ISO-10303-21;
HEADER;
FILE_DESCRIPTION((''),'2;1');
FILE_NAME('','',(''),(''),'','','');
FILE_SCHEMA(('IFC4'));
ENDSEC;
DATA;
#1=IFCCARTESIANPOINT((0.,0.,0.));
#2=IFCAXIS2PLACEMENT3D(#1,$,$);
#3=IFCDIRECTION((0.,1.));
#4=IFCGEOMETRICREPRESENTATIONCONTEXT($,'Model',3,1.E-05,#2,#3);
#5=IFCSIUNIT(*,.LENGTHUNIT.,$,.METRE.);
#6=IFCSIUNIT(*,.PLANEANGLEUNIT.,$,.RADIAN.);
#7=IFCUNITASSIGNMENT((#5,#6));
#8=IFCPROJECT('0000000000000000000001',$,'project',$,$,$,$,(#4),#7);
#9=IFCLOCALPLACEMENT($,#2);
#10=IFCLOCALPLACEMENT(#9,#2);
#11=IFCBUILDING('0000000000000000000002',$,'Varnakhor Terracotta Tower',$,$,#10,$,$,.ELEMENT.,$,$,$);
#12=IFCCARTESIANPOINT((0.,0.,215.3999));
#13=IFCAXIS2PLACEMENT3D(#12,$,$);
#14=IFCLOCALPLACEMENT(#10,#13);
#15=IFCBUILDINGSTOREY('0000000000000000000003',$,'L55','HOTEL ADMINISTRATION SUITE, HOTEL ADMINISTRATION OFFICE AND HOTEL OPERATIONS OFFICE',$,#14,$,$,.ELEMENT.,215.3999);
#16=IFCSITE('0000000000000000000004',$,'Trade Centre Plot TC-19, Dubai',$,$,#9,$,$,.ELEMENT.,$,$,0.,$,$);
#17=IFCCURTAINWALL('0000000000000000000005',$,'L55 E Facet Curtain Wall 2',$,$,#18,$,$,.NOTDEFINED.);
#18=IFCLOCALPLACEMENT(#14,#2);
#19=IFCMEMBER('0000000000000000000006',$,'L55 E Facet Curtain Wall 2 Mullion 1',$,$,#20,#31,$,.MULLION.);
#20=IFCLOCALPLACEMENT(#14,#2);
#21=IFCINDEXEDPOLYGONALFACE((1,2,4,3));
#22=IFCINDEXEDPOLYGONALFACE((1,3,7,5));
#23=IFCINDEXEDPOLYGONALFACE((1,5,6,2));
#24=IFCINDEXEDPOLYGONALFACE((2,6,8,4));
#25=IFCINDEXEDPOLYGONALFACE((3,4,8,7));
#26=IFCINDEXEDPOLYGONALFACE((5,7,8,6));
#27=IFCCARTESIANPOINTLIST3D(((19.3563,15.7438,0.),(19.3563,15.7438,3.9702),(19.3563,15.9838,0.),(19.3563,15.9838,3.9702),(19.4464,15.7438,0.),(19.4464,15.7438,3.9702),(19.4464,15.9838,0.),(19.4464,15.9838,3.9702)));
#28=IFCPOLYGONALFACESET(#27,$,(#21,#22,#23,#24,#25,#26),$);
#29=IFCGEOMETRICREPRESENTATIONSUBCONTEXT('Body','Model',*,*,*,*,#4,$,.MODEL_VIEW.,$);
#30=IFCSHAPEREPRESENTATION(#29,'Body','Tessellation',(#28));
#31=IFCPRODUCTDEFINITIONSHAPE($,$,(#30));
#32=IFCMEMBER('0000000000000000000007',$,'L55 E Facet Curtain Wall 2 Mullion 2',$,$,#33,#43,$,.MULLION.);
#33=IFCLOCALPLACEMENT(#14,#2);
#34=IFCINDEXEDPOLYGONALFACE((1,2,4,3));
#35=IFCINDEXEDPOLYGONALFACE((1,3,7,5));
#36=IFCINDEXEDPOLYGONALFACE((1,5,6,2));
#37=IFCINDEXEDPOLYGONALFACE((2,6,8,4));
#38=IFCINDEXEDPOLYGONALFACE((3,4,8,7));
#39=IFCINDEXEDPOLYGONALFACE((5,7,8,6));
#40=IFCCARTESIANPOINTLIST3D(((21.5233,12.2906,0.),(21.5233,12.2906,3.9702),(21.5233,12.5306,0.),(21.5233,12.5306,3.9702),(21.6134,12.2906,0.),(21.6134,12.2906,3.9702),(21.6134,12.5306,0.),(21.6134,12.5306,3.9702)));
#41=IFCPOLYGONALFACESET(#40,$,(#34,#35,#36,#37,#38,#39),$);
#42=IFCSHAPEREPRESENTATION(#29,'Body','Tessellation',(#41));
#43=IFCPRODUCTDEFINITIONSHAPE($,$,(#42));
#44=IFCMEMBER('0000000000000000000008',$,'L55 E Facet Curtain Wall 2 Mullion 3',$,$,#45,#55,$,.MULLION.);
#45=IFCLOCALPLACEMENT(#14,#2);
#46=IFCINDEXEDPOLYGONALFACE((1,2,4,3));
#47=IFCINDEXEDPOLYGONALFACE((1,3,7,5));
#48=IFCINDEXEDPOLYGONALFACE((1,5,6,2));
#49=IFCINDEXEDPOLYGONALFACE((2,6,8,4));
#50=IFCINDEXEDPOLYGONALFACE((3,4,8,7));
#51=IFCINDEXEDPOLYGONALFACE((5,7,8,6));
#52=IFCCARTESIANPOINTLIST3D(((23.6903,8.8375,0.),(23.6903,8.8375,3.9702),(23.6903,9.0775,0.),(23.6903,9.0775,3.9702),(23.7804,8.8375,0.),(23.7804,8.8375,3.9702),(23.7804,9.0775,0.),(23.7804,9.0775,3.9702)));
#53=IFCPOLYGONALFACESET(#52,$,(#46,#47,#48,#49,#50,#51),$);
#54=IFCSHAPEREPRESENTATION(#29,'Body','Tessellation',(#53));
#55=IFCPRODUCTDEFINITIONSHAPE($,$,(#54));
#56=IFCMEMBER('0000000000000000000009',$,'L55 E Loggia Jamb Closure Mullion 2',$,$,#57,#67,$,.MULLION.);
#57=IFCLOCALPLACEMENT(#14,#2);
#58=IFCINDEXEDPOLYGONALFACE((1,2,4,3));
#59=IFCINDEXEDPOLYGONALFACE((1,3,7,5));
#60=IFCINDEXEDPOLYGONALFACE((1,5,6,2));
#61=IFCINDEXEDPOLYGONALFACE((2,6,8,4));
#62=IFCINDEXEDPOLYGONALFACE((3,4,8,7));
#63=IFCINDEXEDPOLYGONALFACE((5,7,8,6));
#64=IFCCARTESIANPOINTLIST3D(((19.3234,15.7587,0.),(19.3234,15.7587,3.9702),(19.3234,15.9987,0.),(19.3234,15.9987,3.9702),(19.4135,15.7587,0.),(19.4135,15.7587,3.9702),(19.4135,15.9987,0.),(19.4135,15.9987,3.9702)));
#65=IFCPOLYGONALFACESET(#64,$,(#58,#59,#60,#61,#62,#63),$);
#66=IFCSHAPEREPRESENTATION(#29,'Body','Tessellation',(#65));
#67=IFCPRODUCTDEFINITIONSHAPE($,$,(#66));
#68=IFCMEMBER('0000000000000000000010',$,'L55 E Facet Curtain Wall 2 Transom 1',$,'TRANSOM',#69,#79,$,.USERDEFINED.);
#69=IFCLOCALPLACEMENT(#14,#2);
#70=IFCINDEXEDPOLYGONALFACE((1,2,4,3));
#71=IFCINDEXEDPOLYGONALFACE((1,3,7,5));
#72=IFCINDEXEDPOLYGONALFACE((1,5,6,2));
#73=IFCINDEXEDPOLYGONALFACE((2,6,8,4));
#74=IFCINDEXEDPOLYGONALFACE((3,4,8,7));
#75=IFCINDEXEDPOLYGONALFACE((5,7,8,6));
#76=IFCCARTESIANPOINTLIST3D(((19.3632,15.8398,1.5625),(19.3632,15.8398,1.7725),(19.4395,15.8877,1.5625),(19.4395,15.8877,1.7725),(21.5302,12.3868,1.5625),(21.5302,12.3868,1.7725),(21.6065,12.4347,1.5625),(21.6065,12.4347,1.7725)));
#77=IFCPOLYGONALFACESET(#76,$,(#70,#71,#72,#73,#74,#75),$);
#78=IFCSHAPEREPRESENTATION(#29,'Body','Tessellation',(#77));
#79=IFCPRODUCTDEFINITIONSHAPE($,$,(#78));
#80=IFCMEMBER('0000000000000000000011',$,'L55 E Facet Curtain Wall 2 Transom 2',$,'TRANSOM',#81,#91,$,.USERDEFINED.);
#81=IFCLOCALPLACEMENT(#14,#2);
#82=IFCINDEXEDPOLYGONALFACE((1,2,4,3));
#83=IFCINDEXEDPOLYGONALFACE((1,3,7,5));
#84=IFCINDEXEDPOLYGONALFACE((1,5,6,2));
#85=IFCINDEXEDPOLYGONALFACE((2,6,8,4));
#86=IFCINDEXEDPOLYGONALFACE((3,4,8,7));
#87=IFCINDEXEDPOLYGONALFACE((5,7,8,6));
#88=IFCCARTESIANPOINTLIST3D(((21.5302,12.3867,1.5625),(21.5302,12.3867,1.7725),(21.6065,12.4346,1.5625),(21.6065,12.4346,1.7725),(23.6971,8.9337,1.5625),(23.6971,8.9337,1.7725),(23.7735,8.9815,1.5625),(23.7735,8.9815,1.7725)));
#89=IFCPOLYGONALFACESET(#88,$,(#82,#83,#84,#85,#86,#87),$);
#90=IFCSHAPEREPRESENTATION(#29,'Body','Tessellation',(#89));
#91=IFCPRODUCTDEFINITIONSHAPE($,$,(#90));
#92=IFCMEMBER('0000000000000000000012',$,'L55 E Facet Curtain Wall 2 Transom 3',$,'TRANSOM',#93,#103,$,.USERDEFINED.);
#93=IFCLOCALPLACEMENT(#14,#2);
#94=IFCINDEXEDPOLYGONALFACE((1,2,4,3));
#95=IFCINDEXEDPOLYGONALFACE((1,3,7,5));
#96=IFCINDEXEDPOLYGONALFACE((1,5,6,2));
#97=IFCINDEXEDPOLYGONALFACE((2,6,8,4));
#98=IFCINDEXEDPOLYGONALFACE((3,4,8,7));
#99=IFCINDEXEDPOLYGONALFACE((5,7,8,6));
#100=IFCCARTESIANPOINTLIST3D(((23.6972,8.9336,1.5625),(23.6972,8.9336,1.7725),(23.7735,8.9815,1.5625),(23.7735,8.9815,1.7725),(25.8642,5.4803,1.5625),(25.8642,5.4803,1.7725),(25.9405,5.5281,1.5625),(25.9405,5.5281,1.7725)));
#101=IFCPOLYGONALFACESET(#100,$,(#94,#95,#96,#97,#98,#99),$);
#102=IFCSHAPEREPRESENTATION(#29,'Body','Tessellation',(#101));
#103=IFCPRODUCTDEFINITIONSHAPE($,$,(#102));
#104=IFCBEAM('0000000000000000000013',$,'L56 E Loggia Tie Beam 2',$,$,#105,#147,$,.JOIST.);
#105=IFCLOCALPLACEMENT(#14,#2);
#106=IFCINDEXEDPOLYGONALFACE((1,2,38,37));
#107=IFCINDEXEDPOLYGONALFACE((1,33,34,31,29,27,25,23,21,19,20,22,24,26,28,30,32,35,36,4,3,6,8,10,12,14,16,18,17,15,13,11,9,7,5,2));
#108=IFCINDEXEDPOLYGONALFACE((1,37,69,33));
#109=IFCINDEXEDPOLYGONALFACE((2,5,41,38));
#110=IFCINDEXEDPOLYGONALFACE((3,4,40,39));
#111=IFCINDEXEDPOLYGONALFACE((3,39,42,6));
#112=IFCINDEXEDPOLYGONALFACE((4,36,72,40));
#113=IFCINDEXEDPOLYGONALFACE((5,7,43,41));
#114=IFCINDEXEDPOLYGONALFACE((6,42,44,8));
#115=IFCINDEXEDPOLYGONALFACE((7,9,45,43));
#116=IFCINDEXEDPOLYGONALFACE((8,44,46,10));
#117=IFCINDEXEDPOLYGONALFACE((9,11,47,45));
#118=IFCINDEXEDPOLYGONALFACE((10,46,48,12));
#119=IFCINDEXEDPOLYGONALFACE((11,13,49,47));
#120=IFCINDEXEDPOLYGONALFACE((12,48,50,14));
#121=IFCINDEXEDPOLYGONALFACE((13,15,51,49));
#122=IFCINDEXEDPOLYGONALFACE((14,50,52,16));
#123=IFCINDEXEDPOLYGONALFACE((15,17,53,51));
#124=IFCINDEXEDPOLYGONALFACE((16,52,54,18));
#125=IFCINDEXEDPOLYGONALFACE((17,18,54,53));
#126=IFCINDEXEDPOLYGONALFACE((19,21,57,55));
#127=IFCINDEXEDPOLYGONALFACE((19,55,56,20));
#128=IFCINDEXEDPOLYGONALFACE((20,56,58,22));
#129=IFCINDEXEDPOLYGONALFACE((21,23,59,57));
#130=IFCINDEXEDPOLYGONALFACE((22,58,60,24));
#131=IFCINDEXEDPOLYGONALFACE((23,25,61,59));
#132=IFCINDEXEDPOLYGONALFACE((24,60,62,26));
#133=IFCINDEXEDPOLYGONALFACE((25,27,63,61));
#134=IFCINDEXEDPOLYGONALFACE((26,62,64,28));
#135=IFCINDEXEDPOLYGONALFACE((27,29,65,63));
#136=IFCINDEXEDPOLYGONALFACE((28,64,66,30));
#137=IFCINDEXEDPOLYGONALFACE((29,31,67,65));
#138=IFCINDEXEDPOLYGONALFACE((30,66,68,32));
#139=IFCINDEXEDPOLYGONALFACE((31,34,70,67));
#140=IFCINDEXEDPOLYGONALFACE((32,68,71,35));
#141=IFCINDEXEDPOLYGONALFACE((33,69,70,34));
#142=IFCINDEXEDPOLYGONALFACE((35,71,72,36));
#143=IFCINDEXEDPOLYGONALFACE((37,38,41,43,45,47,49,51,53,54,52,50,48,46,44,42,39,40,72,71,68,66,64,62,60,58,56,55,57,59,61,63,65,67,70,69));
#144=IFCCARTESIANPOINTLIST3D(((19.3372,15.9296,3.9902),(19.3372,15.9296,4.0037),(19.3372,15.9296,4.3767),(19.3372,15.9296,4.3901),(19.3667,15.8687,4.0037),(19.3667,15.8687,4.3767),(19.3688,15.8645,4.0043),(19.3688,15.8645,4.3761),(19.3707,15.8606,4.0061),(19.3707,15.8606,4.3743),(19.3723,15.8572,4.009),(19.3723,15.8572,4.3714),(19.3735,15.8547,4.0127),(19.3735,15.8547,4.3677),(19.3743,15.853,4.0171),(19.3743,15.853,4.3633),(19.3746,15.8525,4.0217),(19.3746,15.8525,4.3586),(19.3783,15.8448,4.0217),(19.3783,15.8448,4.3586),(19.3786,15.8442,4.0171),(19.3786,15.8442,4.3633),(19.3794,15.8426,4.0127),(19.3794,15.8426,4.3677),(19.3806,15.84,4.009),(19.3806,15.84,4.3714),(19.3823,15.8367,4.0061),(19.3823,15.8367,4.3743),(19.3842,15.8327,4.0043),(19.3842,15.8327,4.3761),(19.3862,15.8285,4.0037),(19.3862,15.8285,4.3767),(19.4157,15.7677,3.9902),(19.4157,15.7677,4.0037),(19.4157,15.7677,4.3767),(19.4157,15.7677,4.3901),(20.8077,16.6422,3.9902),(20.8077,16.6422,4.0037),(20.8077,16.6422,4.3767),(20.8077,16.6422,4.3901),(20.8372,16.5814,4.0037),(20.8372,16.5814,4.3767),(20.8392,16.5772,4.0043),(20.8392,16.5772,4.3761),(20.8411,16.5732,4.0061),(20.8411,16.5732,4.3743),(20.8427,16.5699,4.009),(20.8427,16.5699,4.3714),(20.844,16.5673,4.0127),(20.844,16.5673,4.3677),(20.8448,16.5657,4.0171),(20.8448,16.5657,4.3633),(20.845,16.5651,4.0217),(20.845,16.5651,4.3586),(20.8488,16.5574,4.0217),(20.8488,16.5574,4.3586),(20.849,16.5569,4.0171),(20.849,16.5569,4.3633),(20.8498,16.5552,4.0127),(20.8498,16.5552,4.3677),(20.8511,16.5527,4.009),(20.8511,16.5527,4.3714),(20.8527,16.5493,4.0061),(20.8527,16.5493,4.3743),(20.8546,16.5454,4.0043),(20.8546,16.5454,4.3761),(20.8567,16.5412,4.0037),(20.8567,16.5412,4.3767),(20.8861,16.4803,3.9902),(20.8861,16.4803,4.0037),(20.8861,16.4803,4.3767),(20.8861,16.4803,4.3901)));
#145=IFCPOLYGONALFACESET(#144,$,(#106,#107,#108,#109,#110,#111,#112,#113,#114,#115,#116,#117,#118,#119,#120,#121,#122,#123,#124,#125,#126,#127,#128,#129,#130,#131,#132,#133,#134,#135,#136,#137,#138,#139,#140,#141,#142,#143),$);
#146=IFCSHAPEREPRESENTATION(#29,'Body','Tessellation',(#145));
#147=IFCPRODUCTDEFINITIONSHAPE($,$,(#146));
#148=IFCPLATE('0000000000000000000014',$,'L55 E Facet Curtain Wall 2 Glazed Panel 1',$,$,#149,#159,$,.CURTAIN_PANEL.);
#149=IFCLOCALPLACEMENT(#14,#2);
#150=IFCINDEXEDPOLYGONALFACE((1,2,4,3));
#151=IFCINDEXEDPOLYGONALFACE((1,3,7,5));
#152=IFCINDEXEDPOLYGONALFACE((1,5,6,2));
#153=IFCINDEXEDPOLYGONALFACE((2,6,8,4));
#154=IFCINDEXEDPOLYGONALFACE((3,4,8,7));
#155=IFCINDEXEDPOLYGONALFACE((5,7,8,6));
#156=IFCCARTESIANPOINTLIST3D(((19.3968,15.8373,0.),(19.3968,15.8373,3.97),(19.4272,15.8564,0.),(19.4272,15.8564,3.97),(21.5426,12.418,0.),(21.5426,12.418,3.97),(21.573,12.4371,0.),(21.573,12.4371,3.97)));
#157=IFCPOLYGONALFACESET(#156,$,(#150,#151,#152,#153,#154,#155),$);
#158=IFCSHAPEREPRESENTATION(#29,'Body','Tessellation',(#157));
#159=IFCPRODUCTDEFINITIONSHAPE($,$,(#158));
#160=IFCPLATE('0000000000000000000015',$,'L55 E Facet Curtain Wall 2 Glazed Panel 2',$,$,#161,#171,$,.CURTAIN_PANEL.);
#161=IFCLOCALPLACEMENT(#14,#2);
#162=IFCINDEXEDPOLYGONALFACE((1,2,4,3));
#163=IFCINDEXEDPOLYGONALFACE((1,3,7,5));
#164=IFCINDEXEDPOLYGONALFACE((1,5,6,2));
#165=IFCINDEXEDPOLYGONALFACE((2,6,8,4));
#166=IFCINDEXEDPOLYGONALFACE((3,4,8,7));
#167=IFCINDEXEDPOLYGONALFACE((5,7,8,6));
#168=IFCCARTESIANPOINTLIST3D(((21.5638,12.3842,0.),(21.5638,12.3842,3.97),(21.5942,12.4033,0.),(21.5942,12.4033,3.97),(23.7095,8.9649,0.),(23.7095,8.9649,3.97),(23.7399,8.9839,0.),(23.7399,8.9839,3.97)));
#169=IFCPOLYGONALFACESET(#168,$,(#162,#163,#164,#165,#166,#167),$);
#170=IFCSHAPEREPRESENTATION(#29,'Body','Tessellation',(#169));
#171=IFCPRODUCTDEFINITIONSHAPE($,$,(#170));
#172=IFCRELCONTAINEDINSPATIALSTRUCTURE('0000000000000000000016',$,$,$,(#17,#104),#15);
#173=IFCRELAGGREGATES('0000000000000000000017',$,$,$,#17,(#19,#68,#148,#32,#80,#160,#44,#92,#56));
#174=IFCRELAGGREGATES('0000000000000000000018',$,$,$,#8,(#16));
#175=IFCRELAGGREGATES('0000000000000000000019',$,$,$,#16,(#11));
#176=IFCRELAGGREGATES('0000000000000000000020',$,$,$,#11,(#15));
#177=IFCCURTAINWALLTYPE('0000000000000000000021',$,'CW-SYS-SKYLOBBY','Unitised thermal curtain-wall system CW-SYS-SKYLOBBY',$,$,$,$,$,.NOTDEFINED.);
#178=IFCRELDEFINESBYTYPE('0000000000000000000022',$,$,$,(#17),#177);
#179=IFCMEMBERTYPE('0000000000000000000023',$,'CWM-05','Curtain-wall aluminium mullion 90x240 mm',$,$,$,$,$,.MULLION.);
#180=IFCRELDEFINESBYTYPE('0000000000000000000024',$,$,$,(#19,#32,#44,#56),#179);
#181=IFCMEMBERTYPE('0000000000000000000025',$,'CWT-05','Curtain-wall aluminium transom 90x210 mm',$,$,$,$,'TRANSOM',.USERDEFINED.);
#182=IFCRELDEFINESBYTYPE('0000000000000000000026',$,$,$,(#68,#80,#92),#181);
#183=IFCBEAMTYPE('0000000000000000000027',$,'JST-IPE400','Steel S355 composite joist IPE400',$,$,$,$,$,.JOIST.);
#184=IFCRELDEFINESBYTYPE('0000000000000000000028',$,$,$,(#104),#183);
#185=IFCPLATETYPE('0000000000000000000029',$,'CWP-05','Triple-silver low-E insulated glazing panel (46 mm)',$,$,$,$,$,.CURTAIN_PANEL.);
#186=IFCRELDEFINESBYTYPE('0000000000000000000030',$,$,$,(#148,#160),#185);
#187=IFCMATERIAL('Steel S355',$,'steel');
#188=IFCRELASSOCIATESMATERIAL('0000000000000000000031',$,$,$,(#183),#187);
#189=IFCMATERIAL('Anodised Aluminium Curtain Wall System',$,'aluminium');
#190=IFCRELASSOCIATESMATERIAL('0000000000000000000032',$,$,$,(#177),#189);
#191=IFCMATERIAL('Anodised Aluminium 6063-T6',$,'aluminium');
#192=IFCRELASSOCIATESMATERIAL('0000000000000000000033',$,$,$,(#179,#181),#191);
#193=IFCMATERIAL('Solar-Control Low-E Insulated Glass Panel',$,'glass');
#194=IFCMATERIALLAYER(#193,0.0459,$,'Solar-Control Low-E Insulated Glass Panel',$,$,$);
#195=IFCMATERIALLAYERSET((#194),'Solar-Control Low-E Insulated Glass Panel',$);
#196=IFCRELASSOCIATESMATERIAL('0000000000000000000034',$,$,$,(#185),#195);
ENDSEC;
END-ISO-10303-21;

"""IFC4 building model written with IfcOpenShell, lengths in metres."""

from ifc_helpers import new_model, si_unit, direction, frame, origin, origin_2d, place, context, subcontext, project, spatial, rectangle, i_section, extrude, source, transform, mapped, material, layer, layer_set, material_profile, profile_set, type_object, element, aggregate, save


model = new_model("IFC4")

# Units and contexts
model_context = context("Model", 3, precision=1e-05, world=origin(), true_north=direction((0.0, 1.0)))
body_context = subcontext(model_context, "Body", "Model", "MODEL_VIEW")
ifc_project = project(units=[si_unit("LENGTHUNIT", "METRE"), si_unit("PLANEANGLEUNIT", "RADIAN")], contexts=[model_context])

# Site, building, storey
site_placement = place(None, origin())
site = spatial("IfcSite", under=ifc_project, at=site_placement, Name="Trade Centre Plot TC-19, Dubai", CompositionType="ELEMENT", RefElevation=0.0)
building_placement = place(site_placement, origin())
building = spatial("IfcBuilding", under=site, at=building_placement, Name="Varnakhor Terracotta Tower", CompositionType="ELEMENT")
storey_placement = place(building_placement, frame((0.0, 0.0, 215.3999)))
storey = spatial("IfcBuildingStorey", under=building, at=storey_placement, Name="L55", Description="HOTEL ADMINISTRATION SUITE, HOTEL ADMINISTRATION OFFICE AND HOTEL OPERATIONS OFFICE", CompositionType="ELEMENT", Elevation=215.3999)

# Shared definitions
ifc_material_1 = material(Name="Steel S355", Category="steel")
ifc_material_profile_1 = material_profile(ifc_material_1, i_section(OverallWidth=0.1799, OverallDepth=0.3999, WebThickness=0.0085, FlangeThickness=0.0134, FilletRadius=0.0181, at=origin_2d()), Name="IPE400")
ifc_profile_set_1 = profile_set([ifc_material_profile_1], Name="Steel S355")
beam_type_1 = type_object("IfcBeamType", Name="JST-IPE400", Description="Steel S355 composite joist IPE400", PredefinedType="JOIST", material=ifc_profile_set_1)

# Curtain wall, members
ifc_material_2 = material(Name="Anodised Aluminium Curtain Wall System", Category="aluminium")
curtain_wall_type = type_object("IfcCurtainWallType", Name="CW-SYS-SKYLOBBY", Description="Unitised thermal curtain-wall system CW-SYS-SKYLOBBY", PredefinedType="NOTDEFINED", material=ifc_material_2)
curtain_wall_placement = place(storey_placement, origin())
curtain_wall = element("IfcCurtainWall", 1, at=curtain_wall_placement, inside=storey, type_object=curtain_wall_type, Name="L55 E Facet Curtain Wall 2", PredefinedType="NOTDEFINED")
ifc_material_3 = material(Name="Anodised Aluminium 6063-T6", Category="aluminium")
ifc_material_profile_2 = material_profile(ifc_material_3, rectangle(XDim=0.0901, YDim=0.24, at=origin_2d()), Name="ALU MULLION 90x240")
ifc_profile_set_2 = profile_set([ifc_material_profile_2], Name="Anodised Aluminium 6063-T6")
member_type_1 = type_object("IfcMemberType", Name="CWM-05", Description="Curtain-wall aluminium mullion 90x240 mm", PredefinedType="MULLION", material=ifc_profile_set_2)
shared_shape_1 = source(origin(), body_context, "Body", "SweptSolid", [
    extrude(rectangle(XDim=0.0901, YDim=0.24, at=origin_2d()), origin(), (0.0, 0.0, 1.0), 3.9702),
])
member_1_placement = place(storey_placement, frame((19.4014, 15.8638, 0.0), z_axis=(0.0, 0.0, 1.0), x_axis=(1.0, 0.0, 0.0)))
member_1 = element("IfcMember", 2, at=member_1_placement, type_object=member_type_1, Name="L55 E Facet Curtain Wall 2 Mullion 1", PredefinedType="MULLION", context=body_context, shape_type="MappedRepresentation", body=[
    mapped(shared_shape_1, transform((0.0, 0.0, 0.0), scale=1.0)),
])
member_2_placement = place(storey_placement, frame((21.5684, 12.4106, 0.0), z_axis=(0.0, 0.0, 1.0), x_axis=(1.0, 0.0, 0.0)))
member_2 = element("IfcMember", 3, at=member_2_placement, type_object=member_type_1, Name="L55 E Facet Curtain Wall 2 Mullion 2", PredefinedType="MULLION", context=body_context, shape_type="MappedRepresentation", body=[
    mapped(shared_shape_1, transform((0.0, 0.0, 0.0), scale=1.0)),
])
member_3_placement = place(storey_placement, frame((23.7354, 8.9575, 0.0), z_axis=(0.0, 0.0, 1.0), x_axis=(1.0, 0.0, 0.0)))
member_3 = element("IfcMember", 4, at=member_3_placement, type_object=member_type_1, Name="L55 E Facet Curtain Wall 2 Mullion 3", PredefinedType="MULLION", context=body_context, shape_type="MappedRepresentation", body=[
    mapped(shared_shape_1, transform((0.0, 0.0, 0.0), scale=1.0)),
])
member_4_placement = place(storey_placement, frame((19.3684, 15.8787, 0.0), z_axis=(0.0, 0.0, 1.0), x_axis=(1.0, 0.0, 0.0)))
member_4 = element("IfcMember", 5, at=member_4_placement, type_object=member_type_1, Name="L55 E Loggia Jamb Closure Mullion 2", PredefinedType="MULLION", context=body_context, shape_type="MappedRepresentation", body=[
    mapped(shared_shape_1, transform((0.0, 0.0, 0.0), scale=1.0)),
])
ifc_material_profile_3 = material_profile(ifc_material_3, rectangle(XDim=0.0901, YDim=0.21, at=origin_2d()), Name="ALU TRANSOM 90x210")
ifc_profile_set_3 = profile_set([ifc_material_profile_3], Name="Anodised Aluminium 6063-T6")
member_type_2 = type_object("IfcMemberType", Name="CWT-05", Description="Curtain-wall aluminium transom 90x210 mm", ElementType="TRANSOM", PredefinedType="USERDEFINED", material=ifc_profile_set_3)
shared_shape_2 = source(origin(), body_context, "Body", "SweptSolid", [
    extrude(rectangle(XDim=0.0901, YDim=0.21, at=origin_2d()), origin(), (0.0, 0.0, 1.0), 4.0767),
])
member_5_placement = place(storey_placement, frame((19.4014, 15.8638, 1.6675), z_axis=(0.531548, -0.847028, 0.0), x_axis=(0.847028, 0.531548, 0.0)))
member_5 = element("IfcMember", 6, at=member_5_placement, type_object=member_type_2, Name="L55 E Facet Curtain Wall 2 Transom 1", ObjectType="TRANSOM", PredefinedType="USERDEFINED", context=body_context, shape_type="MappedRepresentation", body=[
    mapped(shared_shape_2, transform((0.0, 0.0, 0.0), scale=1.0)),
])
member_6_placement = place(storey_placement, frame((21.5684, 12.4106, 1.6675), z_axis=(0.531548, -0.847028, 0.0), x_axis=(0.847028, 0.531548, 0.0)))
member_6 = element("IfcMember", 7, at=member_6_placement, type_object=member_type_2, Name="L55 E Facet Curtain Wall 2 Transom 2", ObjectType="TRANSOM", PredefinedType="USERDEFINED", context=body_context, shape_type="MappedRepresentation", body=[
    mapped(shared_shape_2, transform((0.0, 0.0, 0.0), scale=1.0)),
])
shared_shape_3 = source(origin(), body_context, "Body", "SweptSolid", [
    extrude(rectangle(XDim=0.0901, YDim=0.21, at=origin_2d()), origin(), (0.0, 0.0, 1.0), 4.0769),
])
member_7_placement = place(storey_placement, frame((23.7354, 8.9575, 1.6675), z_axis=(0.531521, -0.847045, 0.0), x_axis=(0.847045, 0.531521, 0.0)))
member_7 = element("IfcMember", 8, at=member_7_placement, type_object=member_type_2, Name="L55 E Facet Curtain Wall 2 Transom 3", ObjectType="TRANSOM", PredefinedType="USERDEFINED", context=body_context, shape_type="MappedRepresentation", body=[
    mapped(shared_shape_3, transform((0.0, 0.0, 0.0), scale=1.0)),
])

# Beam
shared_shape_4 = source(origin(), body_context, "Body", "SweptSolid", [
    extrude(i_section(OverallWidth=0.1799, OverallDepth=0.3999, WebThickness=0.0085, FlangeThickness=0.0134, FilletRadius=0.0181, at=origin_2d()), origin(), (0.0, 0.0, 1.0), 1.634),
])
beam_1_placement = place(storey_placement, frame((19.3765, 15.8486, 4.1902), z_axis=(0.899887, 0.436123, 0.0), x_axis=(-0.436123, 0.899887, 0.0)))
element("IfcBeam", 9, at=beam_1_placement, inside=storey, type_object=beam_type_1, Name="L56 E Loggia Tie Beam 2", PredefinedType="JOIST", context=body_context, shape_type="MappedRepresentation", body=[
    mapped(shared_shape_4, transform((0.0, 0.0, 0.0), scale=1.0)),
])

# Plates
ifc_material_4 = material(Name="Solar-Control Low-E Insulated Glass Panel", Category="glass")
ifc_layer_1 = layer(ifc_material_4, 0.0459, Name="Solar-Control Low-E Insulated Glass Panel")
ifc_layer_set_1 = layer_set([ifc_layer_1], Name="Solar-Control Low-E Insulated Glass Panel")
plate_type = type_object("IfcPlateType", Name="CWP-05", Description="Triple-silver low-E insulated glazing panel (46 mm)", PredefinedType="CURTAIN_PANEL", material=ifc_layer_set_1)
shared_shape_5 = source(origin(), body_context, "Body", "SweptSolid", [
    extrude(rectangle(XDim=4.0369, YDim=0.0359, at=origin_2d()), origin(), (0.0, 0.0, 1.0), 3.97),
])
plate_1_placement = place(storey_placement, frame((20.4849, 14.1372, 0.0), z_axis=(0.0, 0.0, 1.0), x_axis=(0.531546, -0.847029, 0.0)))
plate_1 = element("IfcPlate", 10, at=plate_1_placement, type_object=plate_type, Name="L55 E Facet Curtain Wall 2 Glazed Panel 1", PredefinedType="CURTAIN_PANEL", context=body_context, shape_type="MappedRepresentation", body=[
    mapped(shared_shape_5, transform((0.0, 0.0, 0.0), scale=1.0)),
])
plate_2_placement = place(storey_placement, frame((22.6519, 10.6841, 0.0), z_axis=(0.0, 0.0, 1.0), x_axis=(0.531546, -0.847029, 0.0)))
plate_2 = element("IfcPlate", 11, at=plate_2_placement, type_object=plate_type, Name="L55 E Facet Curtain Wall 2 Glazed Panel 2", PredefinedType="CURTAIN_PANEL", context=body_context, shape_type="MappedRepresentation", body=[
    mapped(shared_shape_5, transform((0.0, 0.0, 0.0), scale=1.0)),
])
aggregate(curtain_wall, [member_1, member_5, plate_1, member_2, member_6, plate_2, member_3, member_7, member_4])

save(model, "model.ifc")
